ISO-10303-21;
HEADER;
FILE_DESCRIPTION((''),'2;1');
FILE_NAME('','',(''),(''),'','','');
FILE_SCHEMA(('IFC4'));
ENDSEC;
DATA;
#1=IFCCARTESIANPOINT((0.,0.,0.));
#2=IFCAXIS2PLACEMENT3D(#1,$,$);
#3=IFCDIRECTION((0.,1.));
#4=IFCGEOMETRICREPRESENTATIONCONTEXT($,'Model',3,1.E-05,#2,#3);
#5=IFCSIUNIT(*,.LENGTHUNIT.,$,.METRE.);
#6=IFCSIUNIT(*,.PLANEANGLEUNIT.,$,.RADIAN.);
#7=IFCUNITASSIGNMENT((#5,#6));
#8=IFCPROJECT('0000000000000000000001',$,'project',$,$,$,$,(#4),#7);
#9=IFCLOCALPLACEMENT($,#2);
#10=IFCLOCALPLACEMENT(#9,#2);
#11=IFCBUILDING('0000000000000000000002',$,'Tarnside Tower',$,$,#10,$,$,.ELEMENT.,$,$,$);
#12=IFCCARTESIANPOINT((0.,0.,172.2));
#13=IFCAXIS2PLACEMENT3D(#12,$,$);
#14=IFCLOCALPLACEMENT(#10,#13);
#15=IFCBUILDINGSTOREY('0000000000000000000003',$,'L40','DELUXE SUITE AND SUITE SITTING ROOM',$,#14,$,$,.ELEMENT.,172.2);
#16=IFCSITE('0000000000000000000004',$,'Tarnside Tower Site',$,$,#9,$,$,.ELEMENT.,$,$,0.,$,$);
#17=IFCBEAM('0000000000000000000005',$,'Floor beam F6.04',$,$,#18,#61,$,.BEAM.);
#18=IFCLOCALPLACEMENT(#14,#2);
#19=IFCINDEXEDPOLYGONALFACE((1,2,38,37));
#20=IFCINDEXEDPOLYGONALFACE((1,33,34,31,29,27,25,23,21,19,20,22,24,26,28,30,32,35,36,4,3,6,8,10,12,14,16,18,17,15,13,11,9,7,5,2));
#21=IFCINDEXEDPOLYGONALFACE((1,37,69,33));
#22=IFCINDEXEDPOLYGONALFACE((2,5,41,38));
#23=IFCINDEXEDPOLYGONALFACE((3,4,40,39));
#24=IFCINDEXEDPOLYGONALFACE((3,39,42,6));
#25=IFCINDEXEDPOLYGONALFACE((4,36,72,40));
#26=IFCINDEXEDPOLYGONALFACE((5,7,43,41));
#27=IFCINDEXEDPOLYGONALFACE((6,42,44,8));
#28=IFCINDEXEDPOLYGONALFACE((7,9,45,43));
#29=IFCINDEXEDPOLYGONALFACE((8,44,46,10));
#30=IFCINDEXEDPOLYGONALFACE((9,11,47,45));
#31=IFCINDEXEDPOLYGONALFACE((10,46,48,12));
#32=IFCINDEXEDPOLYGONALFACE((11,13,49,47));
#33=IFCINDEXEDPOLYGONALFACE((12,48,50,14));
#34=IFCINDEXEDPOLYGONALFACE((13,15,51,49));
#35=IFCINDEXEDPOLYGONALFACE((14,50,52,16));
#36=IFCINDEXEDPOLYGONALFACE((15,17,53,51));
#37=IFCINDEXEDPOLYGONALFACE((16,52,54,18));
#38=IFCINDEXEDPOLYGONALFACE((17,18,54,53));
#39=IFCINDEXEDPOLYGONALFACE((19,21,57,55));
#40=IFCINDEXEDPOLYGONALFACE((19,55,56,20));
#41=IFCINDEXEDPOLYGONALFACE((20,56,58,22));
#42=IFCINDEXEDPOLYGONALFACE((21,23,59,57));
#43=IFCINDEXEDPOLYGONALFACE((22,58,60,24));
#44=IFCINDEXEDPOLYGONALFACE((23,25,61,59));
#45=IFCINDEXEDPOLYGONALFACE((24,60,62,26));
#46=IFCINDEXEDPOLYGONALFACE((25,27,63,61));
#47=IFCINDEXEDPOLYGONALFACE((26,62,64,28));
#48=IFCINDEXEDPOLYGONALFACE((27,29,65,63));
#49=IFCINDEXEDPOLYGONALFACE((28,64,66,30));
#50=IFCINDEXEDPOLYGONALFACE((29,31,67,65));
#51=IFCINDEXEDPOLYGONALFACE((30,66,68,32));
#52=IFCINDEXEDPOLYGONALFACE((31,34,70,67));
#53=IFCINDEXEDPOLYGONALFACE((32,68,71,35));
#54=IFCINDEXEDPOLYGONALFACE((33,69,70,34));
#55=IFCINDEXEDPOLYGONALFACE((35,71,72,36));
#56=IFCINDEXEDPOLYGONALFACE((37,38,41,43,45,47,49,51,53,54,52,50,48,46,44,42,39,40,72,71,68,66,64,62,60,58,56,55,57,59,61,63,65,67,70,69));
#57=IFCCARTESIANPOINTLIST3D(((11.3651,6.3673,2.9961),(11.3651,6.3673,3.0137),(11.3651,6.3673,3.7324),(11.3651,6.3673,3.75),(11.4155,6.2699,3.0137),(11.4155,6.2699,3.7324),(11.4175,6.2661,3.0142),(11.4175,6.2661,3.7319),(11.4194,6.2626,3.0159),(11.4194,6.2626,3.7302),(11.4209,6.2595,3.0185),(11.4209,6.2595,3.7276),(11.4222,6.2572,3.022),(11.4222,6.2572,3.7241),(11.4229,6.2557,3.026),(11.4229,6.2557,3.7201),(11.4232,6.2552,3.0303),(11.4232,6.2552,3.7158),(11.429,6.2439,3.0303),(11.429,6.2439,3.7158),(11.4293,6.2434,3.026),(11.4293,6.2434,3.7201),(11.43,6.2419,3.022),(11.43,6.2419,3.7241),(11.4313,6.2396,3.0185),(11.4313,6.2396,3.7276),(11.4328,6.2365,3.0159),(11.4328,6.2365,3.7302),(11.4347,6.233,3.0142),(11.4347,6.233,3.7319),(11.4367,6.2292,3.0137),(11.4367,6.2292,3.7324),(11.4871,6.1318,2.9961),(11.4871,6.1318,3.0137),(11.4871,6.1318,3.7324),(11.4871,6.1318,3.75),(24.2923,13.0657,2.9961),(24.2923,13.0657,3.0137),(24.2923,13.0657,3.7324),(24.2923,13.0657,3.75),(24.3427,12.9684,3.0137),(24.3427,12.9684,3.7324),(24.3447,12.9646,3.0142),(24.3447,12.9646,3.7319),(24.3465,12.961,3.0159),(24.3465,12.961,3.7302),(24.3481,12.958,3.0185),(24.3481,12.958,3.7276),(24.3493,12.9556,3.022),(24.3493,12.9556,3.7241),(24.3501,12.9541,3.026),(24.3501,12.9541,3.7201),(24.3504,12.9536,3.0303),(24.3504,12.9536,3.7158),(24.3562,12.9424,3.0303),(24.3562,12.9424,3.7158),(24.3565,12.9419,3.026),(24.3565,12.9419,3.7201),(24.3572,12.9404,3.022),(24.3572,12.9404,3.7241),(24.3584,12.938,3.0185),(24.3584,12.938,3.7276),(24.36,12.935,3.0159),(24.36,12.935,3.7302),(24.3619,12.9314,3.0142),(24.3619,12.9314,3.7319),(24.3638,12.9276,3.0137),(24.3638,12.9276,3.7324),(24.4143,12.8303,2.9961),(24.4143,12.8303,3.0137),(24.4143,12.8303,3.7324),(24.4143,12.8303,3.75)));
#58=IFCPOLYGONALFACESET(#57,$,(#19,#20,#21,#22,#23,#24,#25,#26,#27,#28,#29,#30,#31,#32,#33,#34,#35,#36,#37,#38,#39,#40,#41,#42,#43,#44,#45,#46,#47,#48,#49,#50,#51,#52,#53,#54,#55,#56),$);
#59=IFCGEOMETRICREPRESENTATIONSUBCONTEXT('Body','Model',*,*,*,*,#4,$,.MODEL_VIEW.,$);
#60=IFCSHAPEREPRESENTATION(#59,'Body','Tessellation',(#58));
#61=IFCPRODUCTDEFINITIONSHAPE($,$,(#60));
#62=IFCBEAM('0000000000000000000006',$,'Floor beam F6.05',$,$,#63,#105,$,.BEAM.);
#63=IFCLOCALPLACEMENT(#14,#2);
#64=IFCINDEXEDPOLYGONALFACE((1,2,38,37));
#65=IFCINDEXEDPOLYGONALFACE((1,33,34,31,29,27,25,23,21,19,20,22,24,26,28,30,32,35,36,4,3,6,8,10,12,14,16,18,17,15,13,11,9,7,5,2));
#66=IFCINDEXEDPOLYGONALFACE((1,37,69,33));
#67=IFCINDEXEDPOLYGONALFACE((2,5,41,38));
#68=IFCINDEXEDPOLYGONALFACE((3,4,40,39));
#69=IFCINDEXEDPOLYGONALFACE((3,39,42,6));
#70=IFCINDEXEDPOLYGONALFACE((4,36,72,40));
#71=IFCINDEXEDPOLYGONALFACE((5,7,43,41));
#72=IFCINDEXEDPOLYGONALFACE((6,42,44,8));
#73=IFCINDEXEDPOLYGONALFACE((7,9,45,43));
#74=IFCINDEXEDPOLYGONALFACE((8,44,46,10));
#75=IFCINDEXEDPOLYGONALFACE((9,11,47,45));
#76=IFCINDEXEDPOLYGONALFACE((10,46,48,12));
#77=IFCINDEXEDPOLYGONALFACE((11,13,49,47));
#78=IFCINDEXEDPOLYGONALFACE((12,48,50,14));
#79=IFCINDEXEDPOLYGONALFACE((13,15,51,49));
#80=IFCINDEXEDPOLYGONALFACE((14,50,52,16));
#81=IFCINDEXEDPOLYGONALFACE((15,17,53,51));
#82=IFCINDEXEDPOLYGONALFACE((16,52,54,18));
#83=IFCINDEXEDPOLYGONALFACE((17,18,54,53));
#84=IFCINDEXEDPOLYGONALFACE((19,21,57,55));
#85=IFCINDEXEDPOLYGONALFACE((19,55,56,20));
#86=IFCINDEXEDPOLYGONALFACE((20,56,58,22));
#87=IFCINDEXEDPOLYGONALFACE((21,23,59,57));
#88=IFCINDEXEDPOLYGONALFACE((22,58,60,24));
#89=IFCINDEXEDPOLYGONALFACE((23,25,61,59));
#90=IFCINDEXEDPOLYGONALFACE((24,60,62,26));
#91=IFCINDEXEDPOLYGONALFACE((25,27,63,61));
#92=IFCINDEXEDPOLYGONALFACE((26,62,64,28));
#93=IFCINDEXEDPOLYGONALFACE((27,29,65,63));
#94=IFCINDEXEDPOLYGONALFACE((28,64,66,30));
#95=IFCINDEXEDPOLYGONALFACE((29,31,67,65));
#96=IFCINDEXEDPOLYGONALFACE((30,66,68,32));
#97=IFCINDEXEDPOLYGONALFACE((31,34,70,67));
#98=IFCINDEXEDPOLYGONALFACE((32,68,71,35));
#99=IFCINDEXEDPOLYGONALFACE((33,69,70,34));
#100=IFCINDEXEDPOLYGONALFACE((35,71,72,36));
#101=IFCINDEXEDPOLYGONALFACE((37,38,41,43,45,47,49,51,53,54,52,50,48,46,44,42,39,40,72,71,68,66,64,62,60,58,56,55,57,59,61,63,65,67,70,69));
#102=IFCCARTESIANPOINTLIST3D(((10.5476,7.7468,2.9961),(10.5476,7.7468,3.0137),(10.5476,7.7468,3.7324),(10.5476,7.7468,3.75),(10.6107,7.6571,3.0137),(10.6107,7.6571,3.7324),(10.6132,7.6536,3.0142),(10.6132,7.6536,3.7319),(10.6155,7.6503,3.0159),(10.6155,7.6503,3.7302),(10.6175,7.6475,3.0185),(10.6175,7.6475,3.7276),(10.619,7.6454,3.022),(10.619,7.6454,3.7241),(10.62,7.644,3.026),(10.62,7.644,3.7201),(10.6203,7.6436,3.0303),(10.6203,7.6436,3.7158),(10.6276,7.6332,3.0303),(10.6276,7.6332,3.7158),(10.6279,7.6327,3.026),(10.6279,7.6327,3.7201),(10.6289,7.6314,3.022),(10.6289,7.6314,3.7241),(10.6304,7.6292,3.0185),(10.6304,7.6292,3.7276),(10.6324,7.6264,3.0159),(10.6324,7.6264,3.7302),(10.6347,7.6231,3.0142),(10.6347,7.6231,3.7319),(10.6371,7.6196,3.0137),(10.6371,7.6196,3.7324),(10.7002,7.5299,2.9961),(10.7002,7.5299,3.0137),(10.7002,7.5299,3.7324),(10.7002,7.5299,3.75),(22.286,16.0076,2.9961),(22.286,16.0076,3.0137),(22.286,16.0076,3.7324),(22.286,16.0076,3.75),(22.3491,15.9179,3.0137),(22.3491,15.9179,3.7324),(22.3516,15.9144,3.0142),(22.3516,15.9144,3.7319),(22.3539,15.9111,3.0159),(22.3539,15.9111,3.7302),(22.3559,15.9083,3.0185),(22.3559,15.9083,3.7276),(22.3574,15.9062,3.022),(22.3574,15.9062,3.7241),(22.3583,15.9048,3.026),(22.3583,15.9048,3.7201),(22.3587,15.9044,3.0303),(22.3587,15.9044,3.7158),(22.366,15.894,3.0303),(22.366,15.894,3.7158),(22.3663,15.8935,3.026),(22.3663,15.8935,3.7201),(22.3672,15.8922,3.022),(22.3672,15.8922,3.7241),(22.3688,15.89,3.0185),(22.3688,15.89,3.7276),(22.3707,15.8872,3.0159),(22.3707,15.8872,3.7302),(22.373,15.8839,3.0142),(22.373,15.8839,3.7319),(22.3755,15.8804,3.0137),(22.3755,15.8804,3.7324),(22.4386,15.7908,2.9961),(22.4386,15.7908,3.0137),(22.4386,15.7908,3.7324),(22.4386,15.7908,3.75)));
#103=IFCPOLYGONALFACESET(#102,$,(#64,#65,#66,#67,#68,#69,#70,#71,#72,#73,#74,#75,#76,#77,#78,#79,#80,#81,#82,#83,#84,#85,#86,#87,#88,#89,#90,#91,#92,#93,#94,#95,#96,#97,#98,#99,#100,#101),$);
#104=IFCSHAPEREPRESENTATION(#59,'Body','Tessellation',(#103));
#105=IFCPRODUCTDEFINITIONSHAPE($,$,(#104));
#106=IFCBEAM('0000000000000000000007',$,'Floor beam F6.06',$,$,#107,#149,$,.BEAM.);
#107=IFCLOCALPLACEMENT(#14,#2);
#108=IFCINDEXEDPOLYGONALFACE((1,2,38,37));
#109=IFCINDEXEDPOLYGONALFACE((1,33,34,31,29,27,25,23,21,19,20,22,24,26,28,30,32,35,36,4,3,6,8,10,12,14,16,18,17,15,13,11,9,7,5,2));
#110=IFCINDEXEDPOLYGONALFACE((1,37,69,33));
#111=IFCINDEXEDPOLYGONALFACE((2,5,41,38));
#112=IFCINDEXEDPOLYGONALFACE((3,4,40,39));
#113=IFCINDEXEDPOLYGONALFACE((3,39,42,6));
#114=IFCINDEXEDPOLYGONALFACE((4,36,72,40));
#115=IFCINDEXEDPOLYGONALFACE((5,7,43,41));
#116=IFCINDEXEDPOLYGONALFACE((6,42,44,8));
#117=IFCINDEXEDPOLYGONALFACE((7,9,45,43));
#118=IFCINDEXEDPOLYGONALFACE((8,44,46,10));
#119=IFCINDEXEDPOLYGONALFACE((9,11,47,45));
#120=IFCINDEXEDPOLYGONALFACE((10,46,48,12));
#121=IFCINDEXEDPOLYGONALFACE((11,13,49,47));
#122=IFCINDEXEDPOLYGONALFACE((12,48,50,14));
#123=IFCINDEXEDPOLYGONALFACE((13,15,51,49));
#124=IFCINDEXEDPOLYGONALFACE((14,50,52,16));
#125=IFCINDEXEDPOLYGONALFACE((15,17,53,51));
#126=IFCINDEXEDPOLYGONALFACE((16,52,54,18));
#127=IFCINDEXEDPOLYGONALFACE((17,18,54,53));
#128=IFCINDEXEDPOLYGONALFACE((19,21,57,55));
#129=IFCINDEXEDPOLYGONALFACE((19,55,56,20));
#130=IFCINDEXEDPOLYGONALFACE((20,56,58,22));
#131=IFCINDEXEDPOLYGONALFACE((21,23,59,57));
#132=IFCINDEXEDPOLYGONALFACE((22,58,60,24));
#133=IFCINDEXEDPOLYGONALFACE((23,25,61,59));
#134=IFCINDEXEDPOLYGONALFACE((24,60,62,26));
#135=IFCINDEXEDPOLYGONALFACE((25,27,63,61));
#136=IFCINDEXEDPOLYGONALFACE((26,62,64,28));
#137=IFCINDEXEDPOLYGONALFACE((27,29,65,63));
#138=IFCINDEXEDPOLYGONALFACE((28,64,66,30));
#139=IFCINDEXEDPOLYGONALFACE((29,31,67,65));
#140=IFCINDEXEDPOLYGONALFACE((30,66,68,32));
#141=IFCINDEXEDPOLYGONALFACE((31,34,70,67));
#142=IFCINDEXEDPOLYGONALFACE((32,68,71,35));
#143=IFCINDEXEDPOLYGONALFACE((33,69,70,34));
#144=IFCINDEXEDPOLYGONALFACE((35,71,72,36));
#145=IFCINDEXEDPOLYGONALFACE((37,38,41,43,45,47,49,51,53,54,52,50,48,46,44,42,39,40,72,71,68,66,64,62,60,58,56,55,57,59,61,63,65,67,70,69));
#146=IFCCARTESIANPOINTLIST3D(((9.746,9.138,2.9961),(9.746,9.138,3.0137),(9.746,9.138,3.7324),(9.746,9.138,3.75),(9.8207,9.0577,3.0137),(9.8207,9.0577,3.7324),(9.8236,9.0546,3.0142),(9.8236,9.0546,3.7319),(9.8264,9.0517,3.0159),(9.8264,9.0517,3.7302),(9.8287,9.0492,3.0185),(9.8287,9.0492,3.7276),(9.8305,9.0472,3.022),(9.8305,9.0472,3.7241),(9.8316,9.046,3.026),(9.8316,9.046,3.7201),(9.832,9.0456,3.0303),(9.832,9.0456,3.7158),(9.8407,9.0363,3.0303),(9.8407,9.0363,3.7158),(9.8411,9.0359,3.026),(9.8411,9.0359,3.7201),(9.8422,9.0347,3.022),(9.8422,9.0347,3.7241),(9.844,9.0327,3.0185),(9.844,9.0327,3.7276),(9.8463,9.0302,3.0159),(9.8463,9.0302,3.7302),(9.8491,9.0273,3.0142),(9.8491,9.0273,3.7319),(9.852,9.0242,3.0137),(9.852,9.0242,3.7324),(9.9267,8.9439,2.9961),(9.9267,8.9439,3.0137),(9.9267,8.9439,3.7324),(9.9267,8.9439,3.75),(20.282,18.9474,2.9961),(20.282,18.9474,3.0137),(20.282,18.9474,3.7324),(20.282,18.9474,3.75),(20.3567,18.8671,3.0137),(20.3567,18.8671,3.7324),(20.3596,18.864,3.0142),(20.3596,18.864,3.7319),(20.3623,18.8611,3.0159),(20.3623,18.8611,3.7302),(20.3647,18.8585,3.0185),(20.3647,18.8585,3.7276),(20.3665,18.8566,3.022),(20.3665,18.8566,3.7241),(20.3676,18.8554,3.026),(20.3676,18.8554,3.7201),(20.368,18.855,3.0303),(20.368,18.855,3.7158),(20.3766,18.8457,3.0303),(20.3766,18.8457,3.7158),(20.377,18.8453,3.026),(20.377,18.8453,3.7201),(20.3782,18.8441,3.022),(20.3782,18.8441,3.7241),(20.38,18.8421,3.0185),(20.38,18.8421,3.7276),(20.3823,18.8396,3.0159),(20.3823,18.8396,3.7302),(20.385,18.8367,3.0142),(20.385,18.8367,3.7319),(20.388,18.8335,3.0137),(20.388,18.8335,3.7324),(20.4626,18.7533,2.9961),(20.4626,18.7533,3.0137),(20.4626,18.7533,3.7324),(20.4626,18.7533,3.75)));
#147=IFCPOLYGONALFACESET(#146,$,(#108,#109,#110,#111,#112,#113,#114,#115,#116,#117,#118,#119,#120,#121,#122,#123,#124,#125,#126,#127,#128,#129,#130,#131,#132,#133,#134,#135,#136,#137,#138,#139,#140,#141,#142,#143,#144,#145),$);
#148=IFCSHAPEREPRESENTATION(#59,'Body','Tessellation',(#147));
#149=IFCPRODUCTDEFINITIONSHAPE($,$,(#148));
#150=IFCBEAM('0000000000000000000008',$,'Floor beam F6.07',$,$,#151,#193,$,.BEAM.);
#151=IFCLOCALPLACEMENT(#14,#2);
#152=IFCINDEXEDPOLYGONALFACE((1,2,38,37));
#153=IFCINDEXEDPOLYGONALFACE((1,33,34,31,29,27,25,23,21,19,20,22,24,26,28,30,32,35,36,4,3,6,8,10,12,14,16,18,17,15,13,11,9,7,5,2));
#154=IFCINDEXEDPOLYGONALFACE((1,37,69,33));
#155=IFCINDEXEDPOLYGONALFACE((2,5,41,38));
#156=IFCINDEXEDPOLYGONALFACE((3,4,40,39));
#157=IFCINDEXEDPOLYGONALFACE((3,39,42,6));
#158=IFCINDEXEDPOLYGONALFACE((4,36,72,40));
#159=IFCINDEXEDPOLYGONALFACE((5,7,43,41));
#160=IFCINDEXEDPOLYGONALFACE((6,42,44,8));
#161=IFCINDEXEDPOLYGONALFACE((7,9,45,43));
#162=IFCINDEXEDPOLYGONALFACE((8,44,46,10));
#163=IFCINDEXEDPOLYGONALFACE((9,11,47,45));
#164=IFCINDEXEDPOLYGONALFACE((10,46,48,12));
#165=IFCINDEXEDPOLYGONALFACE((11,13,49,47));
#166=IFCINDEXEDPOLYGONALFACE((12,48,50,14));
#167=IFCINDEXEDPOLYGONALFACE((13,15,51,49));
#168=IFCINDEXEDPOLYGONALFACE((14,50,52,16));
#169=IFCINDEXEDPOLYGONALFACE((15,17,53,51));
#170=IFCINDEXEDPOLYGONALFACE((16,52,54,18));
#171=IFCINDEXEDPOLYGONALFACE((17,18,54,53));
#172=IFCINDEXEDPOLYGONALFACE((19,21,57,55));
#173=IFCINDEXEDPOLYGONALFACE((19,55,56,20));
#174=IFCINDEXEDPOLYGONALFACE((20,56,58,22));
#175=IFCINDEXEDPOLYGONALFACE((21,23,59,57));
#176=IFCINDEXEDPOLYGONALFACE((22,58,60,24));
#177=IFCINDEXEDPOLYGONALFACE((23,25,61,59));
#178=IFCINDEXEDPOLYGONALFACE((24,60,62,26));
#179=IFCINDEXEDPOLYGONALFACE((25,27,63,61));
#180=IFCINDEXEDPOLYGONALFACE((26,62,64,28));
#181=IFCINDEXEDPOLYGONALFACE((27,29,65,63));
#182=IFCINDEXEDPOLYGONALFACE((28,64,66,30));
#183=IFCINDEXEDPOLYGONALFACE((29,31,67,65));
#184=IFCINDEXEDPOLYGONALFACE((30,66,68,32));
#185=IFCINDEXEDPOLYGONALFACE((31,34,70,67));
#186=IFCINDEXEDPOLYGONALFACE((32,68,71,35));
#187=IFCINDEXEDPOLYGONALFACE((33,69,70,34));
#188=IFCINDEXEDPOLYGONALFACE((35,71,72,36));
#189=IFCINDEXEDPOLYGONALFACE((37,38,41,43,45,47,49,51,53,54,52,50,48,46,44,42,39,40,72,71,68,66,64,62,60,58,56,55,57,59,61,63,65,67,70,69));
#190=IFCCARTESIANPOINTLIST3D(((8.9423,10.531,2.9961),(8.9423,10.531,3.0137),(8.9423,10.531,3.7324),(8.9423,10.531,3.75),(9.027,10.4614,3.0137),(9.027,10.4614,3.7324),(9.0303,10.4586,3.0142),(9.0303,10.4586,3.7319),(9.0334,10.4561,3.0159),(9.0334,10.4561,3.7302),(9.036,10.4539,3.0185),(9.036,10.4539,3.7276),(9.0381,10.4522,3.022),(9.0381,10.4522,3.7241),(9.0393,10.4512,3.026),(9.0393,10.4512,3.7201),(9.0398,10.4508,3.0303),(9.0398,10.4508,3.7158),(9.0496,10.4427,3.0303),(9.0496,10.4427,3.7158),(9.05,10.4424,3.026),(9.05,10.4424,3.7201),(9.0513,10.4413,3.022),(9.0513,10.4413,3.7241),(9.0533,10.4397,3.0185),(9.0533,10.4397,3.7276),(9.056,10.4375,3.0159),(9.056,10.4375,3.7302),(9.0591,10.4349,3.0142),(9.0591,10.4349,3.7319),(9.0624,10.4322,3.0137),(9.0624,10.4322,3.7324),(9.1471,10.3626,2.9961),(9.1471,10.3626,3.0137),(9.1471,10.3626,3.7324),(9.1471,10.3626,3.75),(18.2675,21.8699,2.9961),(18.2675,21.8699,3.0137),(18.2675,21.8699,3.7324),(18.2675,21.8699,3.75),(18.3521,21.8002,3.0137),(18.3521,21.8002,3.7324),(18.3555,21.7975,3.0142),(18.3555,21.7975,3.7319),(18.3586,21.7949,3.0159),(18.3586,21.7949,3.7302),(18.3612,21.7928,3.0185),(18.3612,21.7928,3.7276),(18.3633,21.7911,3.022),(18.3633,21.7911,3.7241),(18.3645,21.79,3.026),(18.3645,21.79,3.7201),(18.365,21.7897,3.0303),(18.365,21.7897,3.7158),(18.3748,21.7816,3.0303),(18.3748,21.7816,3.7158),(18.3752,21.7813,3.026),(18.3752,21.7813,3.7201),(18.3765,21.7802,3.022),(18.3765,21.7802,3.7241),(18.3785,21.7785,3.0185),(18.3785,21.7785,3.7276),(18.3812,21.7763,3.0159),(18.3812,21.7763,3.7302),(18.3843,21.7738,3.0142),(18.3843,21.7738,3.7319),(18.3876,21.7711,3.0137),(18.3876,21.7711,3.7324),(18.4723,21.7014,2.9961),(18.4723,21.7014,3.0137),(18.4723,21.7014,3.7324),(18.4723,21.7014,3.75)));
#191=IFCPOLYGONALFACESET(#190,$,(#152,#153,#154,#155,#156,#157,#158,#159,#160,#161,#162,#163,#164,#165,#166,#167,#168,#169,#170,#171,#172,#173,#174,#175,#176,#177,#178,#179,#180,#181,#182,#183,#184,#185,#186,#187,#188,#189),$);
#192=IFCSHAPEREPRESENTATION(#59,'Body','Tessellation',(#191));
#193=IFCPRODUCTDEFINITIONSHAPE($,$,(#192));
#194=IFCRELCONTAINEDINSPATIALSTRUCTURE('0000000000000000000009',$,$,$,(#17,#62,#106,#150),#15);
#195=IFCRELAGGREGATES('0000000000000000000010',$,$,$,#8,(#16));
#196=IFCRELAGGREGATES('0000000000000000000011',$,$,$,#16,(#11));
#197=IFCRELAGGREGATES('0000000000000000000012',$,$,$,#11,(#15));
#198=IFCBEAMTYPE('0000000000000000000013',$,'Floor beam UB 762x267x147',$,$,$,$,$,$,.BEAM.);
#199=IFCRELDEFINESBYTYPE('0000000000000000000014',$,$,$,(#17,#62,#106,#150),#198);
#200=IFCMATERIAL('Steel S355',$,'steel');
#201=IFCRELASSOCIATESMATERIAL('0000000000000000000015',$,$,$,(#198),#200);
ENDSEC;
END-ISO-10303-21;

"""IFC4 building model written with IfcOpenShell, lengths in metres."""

from ifc_helpers import new_model, si_unit, direction, frame, origin, origin_2d, place, context, subcontext, project, spatial, i_section, extrude, material, material_profile, profile_set, type_object, element, save


model = new_model("IFC4")

# Units and contexts
model_context = context("Model", 3, precision=1e-05, world=origin(), true_north=direction((0.0, 1.0)))
body_context = subcontext(model_context, "Body", "Model", "MODEL_VIEW")
ifc_project = project(units=[si_unit("LENGTHUNIT", "METRE"), si_unit("PLANEANGLEUNIT", "RADIAN")], contexts=[model_context])

# Site, building, storey
site_placement = place(None, origin())
site = spatial("IfcSite", under=ifc_project, at=site_placement, Name="Tarnside Tower Site", CompositionType="ELEMENT", RefElevation=0.0)
building_placement = place(site_placement, origin())
building = spatial("IfcBuilding", under=site, at=building_placement, Name="Tarnside Tower", CompositionType="ELEMENT")
storey_placement = place(building_placement, frame((0.0, 0.0, 172.2)))
storey = spatial("IfcBuildingStorey", under=building, at=storey_placement, Name="L40", Description="DELUXE SUITE AND SUITE SITTING ROOM", CompositionType="ELEMENT", Elevation=172.2)

# Beams
ifc_material_1 = material(Name="Steel S355", Category="steel")
ifc_material_profile_1 = material_profile(ifc_material_1, i_section(OverallWidth=0.2651, OverallDepth=0.7539, WebThickness=0.0127, FlangeThickness=0.0176, FilletRadius=0.0166, at=origin_2d()), Name="UB 762x267x147")
ifc_profile_set_1 = profile_set([ifc_material_profile_1], Name="Steel S355")
beam_type_1 = type_object("IfcBeamType", Name="Floor beam UB 762x267x147", PredefinedType="BEAM", material=ifc_profile_set_1)
beam_1_placement = place(storey_placement, frame((24.3533, 12.948, 3.373), z_axis=(-0.887882, -0.460072, 0.0), x_axis=(0.460072, -0.887882, 0.0)))
element("IfcBeam", 1, at=beam_1_placement, inside=storey, type_object=beam_type_1, Name="Floor beam F6.04", PredefinedType="BEAM", context=body_context, shape_type="SweptSolid", body=[
    extrude(i_section(OverallWidth=0.2651, OverallDepth=0.7539, WebThickness=0.0127, FlangeThickness=0.0176, FilletRadius=0.0166, at=origin_2d()), origin(), (0.0, 0.0, 1.0), 14.5596),
])
beam_2_placement = place(storey_placement, frame((22.3623, 15.8992, 3.373), z_axis=(-0.817791, -0.575515, 0.0), x_axis=(0.575515, -0.817791, 0.0)))
element("IfcBeam", 2, at=beam_2_placement, inside=storey, type_object=beam_type_1, Name="Floor beam F6.05", PredefinedType="BEAM", context=body_context, shape_type="SweptSolid", body=[
    extrude(i_section(OverallWidth=0.2651, OverallDepth=0.7539, WebThickness=0.0127, FlangeThickness=0.0176, FilletRadius=0.0166, at=origin_2d()), origin(), (0.0, 0.0, 1.0), 14.3538),
])
beam_3_placement = place(storey_placement, frame((20.3723, 18.8503, 3.373), z_axis=(-0.731892, -0.68142, 0.0), x_axis=(0.68142, -0.731892, 0.0)))
element("IfcBeam", 3, at=beam_3_placement, inside=storey, type_object=beam_type_1, Name="Floor beam F6.06", PredefinedType="BEAM", context=body_context, shape_type="SweptSolid", body=[
    extrude(i_section(OverallWidth=0.2651, OverallDepth=0.7539, WebThickness=0.0127, FlangeThickness=0.0176, FilletRadius=0.0166, at=origin_2d()), origin(), (0.0, 0.0, 1.0), 14.3955),
])
beam_4_placement = place(storey_placement, frame((18.3699, 21.7856, 3.373), z_axis=(-0.635192, -0.772354, 0.0), x_axis=(0.772354, -0.635192, 0.0)))
element("IfcBeam", 4, at=beam_4_placement, inside=storey, type_object=beam_type_1, Name="Floor beam F6.07", PredefinedType="BEAM", context=body_context, shape_type="SweptSolid", body=[
    extrude(i_section(OverallWidth=0.2651, OverallDepth=0.7539, WebThickness=0.0127, FlangeThickness=0.0176, FilletRadius=0.0166, at=origin_2d()), origin(), (0.0, 0.0, 1.0), 14.6809),
])

save(model, "model.ifc")
